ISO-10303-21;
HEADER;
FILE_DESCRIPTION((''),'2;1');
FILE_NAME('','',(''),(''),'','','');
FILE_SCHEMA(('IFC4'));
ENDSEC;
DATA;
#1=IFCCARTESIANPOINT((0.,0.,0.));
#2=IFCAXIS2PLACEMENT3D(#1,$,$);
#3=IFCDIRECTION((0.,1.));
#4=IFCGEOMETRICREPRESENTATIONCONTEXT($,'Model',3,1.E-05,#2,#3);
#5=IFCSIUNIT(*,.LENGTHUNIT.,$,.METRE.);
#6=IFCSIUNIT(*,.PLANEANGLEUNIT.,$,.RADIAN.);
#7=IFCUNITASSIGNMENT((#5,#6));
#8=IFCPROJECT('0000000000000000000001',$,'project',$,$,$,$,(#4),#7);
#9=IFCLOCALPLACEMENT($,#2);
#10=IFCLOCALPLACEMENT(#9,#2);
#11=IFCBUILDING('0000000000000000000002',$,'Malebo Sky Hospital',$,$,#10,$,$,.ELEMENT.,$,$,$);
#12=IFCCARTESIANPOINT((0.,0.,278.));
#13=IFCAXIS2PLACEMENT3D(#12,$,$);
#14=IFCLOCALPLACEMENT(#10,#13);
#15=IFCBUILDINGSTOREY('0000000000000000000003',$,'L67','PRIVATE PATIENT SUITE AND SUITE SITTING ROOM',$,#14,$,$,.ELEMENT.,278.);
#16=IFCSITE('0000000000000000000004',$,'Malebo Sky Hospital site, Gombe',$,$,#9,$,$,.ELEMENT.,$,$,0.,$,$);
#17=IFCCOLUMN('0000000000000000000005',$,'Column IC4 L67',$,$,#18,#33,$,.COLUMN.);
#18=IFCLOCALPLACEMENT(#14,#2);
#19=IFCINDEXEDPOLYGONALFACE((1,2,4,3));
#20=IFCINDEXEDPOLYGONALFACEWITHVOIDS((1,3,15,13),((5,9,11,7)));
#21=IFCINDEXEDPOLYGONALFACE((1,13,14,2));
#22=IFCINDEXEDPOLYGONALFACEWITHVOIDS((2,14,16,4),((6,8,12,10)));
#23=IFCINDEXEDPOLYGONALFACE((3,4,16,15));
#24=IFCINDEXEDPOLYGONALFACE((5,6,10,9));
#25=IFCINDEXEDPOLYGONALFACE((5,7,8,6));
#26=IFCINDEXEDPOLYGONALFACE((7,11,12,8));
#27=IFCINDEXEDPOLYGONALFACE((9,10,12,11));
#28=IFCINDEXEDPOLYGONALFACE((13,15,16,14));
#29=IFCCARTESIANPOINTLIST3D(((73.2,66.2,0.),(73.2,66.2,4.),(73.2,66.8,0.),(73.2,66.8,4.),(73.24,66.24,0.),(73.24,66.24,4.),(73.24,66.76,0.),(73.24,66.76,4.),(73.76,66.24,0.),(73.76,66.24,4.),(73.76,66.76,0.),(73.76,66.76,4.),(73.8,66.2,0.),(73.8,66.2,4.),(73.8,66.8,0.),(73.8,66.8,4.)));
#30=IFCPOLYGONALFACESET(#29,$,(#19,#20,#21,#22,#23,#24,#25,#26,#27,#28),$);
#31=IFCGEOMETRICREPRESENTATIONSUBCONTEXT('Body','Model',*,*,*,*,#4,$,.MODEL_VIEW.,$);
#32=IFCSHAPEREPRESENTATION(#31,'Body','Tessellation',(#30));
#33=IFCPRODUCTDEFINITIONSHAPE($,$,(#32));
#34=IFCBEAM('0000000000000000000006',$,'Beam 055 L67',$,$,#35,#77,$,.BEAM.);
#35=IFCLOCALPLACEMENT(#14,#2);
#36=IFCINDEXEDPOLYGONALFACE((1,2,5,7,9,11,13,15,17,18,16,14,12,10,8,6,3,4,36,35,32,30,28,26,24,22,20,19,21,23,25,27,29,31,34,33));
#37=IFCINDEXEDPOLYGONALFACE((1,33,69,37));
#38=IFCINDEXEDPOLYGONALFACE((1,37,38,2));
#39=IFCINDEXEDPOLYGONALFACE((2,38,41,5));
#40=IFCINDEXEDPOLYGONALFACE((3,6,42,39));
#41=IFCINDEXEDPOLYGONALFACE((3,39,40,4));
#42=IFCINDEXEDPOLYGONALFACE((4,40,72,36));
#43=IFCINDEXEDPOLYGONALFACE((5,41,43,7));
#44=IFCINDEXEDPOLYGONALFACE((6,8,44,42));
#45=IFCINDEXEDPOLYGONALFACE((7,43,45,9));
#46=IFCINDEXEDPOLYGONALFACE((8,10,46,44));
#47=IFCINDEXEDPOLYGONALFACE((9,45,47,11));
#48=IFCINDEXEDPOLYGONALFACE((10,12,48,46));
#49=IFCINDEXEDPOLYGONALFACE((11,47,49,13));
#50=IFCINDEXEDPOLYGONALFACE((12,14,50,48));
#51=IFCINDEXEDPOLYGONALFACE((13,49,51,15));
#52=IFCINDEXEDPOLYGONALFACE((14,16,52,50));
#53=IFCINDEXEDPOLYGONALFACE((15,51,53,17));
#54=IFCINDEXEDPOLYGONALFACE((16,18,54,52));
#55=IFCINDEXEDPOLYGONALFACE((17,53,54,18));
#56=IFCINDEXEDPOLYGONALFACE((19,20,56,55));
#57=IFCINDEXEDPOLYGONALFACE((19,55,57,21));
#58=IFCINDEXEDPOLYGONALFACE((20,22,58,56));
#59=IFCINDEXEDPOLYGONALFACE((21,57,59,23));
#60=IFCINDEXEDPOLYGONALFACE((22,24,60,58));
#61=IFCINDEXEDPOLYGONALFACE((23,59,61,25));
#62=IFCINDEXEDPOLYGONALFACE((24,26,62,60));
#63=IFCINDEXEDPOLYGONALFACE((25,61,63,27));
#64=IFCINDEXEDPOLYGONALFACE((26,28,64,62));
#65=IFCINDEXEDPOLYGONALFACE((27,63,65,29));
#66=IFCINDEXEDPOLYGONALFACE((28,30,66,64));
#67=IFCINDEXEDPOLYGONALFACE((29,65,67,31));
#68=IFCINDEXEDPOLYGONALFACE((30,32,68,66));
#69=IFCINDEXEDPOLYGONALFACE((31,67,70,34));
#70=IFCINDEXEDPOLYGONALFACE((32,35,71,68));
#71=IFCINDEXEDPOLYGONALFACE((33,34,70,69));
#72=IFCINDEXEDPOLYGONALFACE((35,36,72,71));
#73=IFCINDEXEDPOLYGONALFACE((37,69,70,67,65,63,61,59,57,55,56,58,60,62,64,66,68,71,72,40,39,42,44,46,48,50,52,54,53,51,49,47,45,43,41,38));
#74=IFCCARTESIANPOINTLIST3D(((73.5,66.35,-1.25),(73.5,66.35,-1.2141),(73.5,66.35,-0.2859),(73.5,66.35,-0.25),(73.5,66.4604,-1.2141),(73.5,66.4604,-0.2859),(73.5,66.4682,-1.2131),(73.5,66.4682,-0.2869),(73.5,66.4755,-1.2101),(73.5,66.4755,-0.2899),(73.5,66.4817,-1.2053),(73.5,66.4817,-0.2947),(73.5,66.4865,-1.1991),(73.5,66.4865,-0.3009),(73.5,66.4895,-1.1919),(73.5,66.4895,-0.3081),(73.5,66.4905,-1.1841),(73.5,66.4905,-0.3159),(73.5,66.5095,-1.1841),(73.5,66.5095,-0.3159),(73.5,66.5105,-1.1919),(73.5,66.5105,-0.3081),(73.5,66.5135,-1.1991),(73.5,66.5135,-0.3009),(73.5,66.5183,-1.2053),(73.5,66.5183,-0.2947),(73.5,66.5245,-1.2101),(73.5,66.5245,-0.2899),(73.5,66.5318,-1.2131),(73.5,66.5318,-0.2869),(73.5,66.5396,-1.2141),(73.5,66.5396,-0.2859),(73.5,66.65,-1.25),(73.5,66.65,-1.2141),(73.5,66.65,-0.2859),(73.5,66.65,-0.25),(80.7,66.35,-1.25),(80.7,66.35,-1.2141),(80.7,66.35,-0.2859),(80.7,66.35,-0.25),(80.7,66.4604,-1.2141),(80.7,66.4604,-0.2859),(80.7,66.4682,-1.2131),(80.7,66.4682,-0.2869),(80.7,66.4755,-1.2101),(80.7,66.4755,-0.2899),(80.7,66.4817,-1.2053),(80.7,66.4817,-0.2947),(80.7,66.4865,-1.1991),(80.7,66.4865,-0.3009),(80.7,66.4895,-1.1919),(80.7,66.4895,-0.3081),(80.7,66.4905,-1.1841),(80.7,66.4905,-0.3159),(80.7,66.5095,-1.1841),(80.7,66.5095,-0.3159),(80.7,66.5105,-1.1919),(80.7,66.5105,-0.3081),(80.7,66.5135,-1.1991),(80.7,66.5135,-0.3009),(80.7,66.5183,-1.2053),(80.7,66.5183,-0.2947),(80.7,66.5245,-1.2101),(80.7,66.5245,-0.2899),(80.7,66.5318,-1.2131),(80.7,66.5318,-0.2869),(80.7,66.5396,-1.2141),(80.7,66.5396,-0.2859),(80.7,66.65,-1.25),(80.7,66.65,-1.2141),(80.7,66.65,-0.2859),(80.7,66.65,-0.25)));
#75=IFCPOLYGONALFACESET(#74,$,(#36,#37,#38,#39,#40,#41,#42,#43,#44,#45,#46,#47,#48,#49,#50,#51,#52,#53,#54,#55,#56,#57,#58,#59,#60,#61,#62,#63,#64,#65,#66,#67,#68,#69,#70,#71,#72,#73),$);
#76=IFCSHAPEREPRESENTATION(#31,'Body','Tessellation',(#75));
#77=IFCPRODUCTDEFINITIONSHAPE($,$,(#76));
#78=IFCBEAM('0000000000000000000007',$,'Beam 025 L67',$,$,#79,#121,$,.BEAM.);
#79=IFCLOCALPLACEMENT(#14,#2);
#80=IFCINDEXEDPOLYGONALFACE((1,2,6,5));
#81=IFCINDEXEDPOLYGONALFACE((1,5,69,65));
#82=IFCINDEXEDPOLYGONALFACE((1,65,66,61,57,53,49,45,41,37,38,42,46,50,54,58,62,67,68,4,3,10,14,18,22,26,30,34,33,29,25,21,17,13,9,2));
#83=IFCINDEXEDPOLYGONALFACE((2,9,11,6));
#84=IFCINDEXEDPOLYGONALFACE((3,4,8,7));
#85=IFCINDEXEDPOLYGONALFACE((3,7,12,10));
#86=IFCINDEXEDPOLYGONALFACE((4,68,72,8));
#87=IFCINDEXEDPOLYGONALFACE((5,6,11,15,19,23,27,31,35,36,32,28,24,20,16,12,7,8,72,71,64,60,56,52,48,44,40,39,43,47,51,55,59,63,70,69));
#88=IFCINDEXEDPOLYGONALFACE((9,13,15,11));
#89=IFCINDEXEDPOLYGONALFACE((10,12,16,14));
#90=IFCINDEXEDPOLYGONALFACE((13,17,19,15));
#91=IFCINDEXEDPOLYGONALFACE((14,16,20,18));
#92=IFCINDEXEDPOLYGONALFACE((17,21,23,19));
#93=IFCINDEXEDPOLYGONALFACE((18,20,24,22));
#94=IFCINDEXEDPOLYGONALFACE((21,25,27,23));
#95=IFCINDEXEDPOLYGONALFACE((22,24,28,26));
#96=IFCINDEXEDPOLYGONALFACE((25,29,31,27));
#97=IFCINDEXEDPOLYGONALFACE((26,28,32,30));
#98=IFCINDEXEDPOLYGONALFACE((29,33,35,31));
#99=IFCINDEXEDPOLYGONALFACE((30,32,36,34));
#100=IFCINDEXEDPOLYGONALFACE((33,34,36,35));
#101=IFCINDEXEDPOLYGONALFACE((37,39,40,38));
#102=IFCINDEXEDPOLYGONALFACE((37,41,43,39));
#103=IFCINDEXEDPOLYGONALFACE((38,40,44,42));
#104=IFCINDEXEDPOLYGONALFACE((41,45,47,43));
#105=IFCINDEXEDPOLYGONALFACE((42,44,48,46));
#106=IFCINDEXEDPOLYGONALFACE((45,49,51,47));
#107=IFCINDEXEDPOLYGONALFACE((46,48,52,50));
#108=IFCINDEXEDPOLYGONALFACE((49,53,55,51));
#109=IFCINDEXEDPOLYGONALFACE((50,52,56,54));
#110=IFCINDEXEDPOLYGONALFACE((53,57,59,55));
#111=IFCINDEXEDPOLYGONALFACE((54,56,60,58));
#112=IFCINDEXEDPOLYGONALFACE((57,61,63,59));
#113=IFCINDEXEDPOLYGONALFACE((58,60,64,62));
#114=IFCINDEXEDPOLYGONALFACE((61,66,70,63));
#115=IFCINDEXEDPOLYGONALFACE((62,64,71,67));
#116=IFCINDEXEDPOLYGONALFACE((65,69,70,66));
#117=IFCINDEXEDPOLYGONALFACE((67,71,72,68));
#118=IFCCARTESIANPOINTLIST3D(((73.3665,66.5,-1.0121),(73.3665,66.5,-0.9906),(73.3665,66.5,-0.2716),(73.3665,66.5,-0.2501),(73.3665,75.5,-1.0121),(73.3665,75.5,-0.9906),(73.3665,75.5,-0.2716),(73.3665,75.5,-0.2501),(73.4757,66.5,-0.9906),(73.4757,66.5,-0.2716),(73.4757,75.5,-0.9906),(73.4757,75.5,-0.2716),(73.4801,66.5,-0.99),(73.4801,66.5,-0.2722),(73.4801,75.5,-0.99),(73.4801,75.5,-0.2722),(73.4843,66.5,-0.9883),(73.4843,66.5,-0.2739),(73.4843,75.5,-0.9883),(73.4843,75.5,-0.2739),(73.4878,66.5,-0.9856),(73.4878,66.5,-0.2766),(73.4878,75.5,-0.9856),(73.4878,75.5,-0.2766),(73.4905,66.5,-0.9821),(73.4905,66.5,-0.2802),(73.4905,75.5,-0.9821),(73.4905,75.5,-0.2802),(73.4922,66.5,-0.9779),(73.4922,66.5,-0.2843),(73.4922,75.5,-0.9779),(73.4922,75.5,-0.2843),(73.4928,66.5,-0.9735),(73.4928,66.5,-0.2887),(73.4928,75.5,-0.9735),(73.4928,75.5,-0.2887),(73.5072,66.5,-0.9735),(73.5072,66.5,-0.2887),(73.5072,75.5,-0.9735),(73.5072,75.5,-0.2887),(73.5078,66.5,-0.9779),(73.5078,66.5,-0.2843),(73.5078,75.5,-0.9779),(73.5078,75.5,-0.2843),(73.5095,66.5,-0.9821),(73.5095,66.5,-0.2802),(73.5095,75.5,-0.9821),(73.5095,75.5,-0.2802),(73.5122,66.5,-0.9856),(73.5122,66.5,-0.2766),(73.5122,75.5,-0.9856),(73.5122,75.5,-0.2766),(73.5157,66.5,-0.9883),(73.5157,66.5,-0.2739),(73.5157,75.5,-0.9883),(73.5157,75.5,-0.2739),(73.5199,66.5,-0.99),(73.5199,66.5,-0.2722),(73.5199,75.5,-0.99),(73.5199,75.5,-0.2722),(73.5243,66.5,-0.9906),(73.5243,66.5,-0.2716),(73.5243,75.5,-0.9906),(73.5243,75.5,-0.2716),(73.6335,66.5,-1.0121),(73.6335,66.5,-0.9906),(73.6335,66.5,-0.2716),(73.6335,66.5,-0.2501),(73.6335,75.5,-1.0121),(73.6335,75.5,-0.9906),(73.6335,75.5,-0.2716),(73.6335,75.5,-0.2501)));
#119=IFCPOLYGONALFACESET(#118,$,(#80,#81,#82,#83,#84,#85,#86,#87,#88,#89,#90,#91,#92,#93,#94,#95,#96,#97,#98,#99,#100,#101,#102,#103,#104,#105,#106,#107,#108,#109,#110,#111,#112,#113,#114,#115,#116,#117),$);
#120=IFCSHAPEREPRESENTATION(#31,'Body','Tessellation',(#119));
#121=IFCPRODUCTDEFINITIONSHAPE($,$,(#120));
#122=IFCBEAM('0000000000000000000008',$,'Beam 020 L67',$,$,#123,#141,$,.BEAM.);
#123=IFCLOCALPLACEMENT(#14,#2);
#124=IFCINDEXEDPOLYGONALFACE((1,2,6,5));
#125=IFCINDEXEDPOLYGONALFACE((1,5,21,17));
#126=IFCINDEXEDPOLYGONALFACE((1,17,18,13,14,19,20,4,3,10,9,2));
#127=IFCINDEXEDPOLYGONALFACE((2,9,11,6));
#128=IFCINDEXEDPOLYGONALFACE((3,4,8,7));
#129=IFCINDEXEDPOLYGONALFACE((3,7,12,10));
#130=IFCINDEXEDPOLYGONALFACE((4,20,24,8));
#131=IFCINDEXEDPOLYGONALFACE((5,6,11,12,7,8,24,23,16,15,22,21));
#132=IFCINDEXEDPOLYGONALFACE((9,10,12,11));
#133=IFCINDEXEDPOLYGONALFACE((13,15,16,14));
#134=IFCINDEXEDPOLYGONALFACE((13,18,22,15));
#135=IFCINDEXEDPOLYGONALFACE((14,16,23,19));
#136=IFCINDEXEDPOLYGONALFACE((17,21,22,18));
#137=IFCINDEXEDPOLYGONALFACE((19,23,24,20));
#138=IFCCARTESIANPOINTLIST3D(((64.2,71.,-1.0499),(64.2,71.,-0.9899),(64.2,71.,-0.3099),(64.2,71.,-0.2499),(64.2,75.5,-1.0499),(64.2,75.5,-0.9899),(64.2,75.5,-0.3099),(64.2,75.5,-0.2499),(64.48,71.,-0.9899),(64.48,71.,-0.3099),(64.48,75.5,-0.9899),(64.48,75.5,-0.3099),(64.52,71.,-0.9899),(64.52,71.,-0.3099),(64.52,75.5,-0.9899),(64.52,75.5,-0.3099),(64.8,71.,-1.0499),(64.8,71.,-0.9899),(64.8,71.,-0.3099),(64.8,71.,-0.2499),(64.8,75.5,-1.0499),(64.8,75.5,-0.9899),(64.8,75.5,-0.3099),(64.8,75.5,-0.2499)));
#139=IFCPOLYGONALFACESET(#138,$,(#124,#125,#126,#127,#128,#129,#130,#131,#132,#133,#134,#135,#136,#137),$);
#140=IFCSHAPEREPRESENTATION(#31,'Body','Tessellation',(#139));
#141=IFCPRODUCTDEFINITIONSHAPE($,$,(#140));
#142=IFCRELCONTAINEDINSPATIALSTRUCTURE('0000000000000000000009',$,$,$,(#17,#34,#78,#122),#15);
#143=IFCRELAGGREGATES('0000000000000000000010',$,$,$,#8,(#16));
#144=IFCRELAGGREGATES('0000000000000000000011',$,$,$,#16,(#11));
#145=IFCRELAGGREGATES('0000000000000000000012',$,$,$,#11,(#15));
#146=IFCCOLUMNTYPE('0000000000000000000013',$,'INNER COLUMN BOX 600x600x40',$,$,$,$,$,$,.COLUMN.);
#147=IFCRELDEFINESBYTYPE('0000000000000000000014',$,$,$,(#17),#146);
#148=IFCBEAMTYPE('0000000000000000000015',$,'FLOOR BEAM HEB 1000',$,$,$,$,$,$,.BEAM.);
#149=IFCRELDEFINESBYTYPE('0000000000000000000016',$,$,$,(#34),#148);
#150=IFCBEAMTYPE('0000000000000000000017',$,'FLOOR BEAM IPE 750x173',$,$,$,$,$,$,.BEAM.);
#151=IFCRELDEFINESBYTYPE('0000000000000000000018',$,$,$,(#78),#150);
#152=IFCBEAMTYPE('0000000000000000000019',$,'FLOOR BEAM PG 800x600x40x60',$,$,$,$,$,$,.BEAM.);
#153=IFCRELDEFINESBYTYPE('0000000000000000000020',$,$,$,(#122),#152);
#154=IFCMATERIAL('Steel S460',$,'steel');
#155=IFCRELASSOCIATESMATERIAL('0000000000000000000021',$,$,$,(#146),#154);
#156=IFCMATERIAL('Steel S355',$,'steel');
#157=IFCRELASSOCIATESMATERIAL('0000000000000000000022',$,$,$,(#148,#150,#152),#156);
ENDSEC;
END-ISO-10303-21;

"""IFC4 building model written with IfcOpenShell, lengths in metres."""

from ifc_helpers import new_model, si_unit, direction, frame, origin, origin_2d, place, context, subcontext, project, spatial, hollow_rectangle, i_section, extrude, material, material_profile, profile_set, type_object, element, save


model = new_model("IFC4")

# Units and contexts
model_context = context("Model", 3, precision=1e-05, world=origin(), true_north=direction((0.0, 1.0)))
body_context = subcontext(model_context, "Body", "Model", "MODEL_VIEW")
ifc_project = project(units=[si_unit("LENGTHUNIT", "METRE"), si_unit("PLANEANGLEUNIT", "RADIAN")], contexts=[model_context])

# Site, building, storey
site_placement = place(None, origin())
site = spatial("IfcSite", under=ifc_project, at=site_placement, Name="Malebo Sky Hospital site, Gombe", CompositionType="ELEMENT", RefElevation=0.0)
building_placement = place(site_placement, origin())
building = spatial("IfcBuilding", under=site, at=building_placement, Name="Malebo Sky Hospital", CompositionType="ELEMENT")
storey_placement = place(building_placement, frame((0.0, 0.0, 278.0)))
storey = spatial("IfcBuildingStorey", under=building, at=storey_placement, Name="L67", Description="PRIVATE PATIENT SUITE AND SUITE SITTING ROOM", CompositionType="ELEMENT", Elevation=278.0)

# Column
ifc_material_1 = material(Name="Steel S460", Category="steel")
ifc_material_profile_1 = material_profile(ifc_material_1, hollow_rectangle(XDim=0.6001, YDim=0.6001, WallThickness=0.04, at=origin_2d()), Name="BOX 600x600x40")
ifc_profile_set_1 = profile_set([ifc_material_profile_1], Name="Steel S460")
column_type = type_object("IfcColumnType", Name="INNER COLUMN BOX 600x600x40", PredefinedType="COLUMN", material=ifc_profile_set_1)
column_placement = place(storey_placement, frame((73.5, 66.5, 0.0), z_axis=(0.0, 0.0, 1.0), x_axis=(1.0, 0.0, 0.0)))
element("IfcColumn", 1, at=column_placement, inside=storey, type_object=column_type, Name="Column IC4 L67", PredefinedType="COLUMN", context=body_context, shape_type="SweptSolid", body=[
    extrude(hollow_rectangle(XDim=0.6001, YDim=0.6001, WallThickness=0.04, at=origin_2d()), origin(), (0.0, 0.0, 1.0), 4.0),
])

# Beams
ifc_material_2 = material(Name="Steel S355", Category="steel")
ifc_material_profile_2 = material_profile(ifc_material_2, i_section(OverallWidth=0.3, OverallDepth=1.0, WebThickness=0.019, FlangeThickness=0.0359, FilletRadius=0.03, at=origin_2d()), Name="HEB 1000")
ifc_profile_set_2 = profile_set([ifc_material_profile_2], Name="Steel S355")
beam_type_1 = type_object("IfcBeamType", Name="FLOOR BEAM HEB 1000", PredefinedType="BEAM", material=ifc_profile_set_2)
beam_1_placement = place(storey_placement, frame((73.5, 66.5, -0.75), z_axis=(1.0, 0.0, 0.0), x_axis=(0.0, 1.0, 0.0)))
element("IfcBeam", 2, at=beam_1_placement, inside=storey, type_object=beam_type_1, Name="Beam 055 L67", PredefinedType="BEAM", context=body_context, shape_type="SweptSolid", body=[
    extrude(i_section(OverallWidth=0.3, OverallDepth=1.0, WebThickness=0.019, FlangeThickness=0.0359, FilletRadius=0.03, at=origin_2d()), origin(), (0.0, 0.0, 1.0), 7.2),
])
ifc_material_profile_3 = material_profile(ifc_material_2, i_section(OverallWidth=0.2671, OverallDepth=0.762, WebThickness=0.0144, FlangeThickness=0.0215, FilletRadius=0.0171, at=origin_2d()), Name="IPE 750x173")
ifc_profile_set_3 = profile_set([ifc_material_profile_3], Name="Steel S355")
beam_type_2 = type_object("IfcBeamType", Name="FLOOR BEAM IPE 750x173", PredefinedType="BEAM", material=ifc_profile_set_3)
beam_2_placement = place(storey_placement, frame((73.5, 66.5, -0.6311), z_axis=(0.0, 1.0, 0.0), x_axis=(-1.0, 0.0, 0.0)))
element("IfcBeam", 3, at=beam_2_placement, inside=storey, type_object=beam_type_2, Name="Beam 025 L67", PredefinedType="BEAM", context=body_context, shape_type="SweptSolid", body=[
    extrude(i_section(OverallWidth=0.2671, OverallDepth=0.762, WebThickness=0.0144, FlangeThickness=0.0215, FilletRadius=0.0171, at=origin_2d()), origin(), (0.0, 0.0, 1.0), 9.0),
])
ifc_material_profile_4 = material_profile(ifc_material_2, i_section(OverallWidth=0.6001, OverallDepth=0.8, WebThickness=0.04, FlangeThickness=0.0601, at=origin_2d()), Name="PG 800x600x40x60")
ifc_profile_set_4 = profile_set([ifc_material_profile_4], Name="Steel S355")
beam_type_3 = type_object("IfcBeamType", Name="FLOOR BEAM PG 800x600x40x60", PredefinedType="BEAM", material=ifc_profile_set_4)
beam_3_placement = place(storey_placement, frame((64.5, 71.0, -0.6499), z_axis=(0.0, 1.0, 0.0), x_axis=(-1.0, 0.0, 0.0)))
element("IfcBeam", 4, at=beam_3_placement, inside=storey, type_object=beam_type_3, Name="Beam 020 L67", PredefinedType="BEAM", context=body_context, shape_type="SweptSolid", body=[
    extrude(i_section(OverallWidth=0.6001, OverallDepth=0.8, WebThickness=0.04, FlangeThickness=0.0601, at=origin_2d()), origin(), (0.0, 0.0, 1.0), 4.5),
])

save(model, "model.ifc")
